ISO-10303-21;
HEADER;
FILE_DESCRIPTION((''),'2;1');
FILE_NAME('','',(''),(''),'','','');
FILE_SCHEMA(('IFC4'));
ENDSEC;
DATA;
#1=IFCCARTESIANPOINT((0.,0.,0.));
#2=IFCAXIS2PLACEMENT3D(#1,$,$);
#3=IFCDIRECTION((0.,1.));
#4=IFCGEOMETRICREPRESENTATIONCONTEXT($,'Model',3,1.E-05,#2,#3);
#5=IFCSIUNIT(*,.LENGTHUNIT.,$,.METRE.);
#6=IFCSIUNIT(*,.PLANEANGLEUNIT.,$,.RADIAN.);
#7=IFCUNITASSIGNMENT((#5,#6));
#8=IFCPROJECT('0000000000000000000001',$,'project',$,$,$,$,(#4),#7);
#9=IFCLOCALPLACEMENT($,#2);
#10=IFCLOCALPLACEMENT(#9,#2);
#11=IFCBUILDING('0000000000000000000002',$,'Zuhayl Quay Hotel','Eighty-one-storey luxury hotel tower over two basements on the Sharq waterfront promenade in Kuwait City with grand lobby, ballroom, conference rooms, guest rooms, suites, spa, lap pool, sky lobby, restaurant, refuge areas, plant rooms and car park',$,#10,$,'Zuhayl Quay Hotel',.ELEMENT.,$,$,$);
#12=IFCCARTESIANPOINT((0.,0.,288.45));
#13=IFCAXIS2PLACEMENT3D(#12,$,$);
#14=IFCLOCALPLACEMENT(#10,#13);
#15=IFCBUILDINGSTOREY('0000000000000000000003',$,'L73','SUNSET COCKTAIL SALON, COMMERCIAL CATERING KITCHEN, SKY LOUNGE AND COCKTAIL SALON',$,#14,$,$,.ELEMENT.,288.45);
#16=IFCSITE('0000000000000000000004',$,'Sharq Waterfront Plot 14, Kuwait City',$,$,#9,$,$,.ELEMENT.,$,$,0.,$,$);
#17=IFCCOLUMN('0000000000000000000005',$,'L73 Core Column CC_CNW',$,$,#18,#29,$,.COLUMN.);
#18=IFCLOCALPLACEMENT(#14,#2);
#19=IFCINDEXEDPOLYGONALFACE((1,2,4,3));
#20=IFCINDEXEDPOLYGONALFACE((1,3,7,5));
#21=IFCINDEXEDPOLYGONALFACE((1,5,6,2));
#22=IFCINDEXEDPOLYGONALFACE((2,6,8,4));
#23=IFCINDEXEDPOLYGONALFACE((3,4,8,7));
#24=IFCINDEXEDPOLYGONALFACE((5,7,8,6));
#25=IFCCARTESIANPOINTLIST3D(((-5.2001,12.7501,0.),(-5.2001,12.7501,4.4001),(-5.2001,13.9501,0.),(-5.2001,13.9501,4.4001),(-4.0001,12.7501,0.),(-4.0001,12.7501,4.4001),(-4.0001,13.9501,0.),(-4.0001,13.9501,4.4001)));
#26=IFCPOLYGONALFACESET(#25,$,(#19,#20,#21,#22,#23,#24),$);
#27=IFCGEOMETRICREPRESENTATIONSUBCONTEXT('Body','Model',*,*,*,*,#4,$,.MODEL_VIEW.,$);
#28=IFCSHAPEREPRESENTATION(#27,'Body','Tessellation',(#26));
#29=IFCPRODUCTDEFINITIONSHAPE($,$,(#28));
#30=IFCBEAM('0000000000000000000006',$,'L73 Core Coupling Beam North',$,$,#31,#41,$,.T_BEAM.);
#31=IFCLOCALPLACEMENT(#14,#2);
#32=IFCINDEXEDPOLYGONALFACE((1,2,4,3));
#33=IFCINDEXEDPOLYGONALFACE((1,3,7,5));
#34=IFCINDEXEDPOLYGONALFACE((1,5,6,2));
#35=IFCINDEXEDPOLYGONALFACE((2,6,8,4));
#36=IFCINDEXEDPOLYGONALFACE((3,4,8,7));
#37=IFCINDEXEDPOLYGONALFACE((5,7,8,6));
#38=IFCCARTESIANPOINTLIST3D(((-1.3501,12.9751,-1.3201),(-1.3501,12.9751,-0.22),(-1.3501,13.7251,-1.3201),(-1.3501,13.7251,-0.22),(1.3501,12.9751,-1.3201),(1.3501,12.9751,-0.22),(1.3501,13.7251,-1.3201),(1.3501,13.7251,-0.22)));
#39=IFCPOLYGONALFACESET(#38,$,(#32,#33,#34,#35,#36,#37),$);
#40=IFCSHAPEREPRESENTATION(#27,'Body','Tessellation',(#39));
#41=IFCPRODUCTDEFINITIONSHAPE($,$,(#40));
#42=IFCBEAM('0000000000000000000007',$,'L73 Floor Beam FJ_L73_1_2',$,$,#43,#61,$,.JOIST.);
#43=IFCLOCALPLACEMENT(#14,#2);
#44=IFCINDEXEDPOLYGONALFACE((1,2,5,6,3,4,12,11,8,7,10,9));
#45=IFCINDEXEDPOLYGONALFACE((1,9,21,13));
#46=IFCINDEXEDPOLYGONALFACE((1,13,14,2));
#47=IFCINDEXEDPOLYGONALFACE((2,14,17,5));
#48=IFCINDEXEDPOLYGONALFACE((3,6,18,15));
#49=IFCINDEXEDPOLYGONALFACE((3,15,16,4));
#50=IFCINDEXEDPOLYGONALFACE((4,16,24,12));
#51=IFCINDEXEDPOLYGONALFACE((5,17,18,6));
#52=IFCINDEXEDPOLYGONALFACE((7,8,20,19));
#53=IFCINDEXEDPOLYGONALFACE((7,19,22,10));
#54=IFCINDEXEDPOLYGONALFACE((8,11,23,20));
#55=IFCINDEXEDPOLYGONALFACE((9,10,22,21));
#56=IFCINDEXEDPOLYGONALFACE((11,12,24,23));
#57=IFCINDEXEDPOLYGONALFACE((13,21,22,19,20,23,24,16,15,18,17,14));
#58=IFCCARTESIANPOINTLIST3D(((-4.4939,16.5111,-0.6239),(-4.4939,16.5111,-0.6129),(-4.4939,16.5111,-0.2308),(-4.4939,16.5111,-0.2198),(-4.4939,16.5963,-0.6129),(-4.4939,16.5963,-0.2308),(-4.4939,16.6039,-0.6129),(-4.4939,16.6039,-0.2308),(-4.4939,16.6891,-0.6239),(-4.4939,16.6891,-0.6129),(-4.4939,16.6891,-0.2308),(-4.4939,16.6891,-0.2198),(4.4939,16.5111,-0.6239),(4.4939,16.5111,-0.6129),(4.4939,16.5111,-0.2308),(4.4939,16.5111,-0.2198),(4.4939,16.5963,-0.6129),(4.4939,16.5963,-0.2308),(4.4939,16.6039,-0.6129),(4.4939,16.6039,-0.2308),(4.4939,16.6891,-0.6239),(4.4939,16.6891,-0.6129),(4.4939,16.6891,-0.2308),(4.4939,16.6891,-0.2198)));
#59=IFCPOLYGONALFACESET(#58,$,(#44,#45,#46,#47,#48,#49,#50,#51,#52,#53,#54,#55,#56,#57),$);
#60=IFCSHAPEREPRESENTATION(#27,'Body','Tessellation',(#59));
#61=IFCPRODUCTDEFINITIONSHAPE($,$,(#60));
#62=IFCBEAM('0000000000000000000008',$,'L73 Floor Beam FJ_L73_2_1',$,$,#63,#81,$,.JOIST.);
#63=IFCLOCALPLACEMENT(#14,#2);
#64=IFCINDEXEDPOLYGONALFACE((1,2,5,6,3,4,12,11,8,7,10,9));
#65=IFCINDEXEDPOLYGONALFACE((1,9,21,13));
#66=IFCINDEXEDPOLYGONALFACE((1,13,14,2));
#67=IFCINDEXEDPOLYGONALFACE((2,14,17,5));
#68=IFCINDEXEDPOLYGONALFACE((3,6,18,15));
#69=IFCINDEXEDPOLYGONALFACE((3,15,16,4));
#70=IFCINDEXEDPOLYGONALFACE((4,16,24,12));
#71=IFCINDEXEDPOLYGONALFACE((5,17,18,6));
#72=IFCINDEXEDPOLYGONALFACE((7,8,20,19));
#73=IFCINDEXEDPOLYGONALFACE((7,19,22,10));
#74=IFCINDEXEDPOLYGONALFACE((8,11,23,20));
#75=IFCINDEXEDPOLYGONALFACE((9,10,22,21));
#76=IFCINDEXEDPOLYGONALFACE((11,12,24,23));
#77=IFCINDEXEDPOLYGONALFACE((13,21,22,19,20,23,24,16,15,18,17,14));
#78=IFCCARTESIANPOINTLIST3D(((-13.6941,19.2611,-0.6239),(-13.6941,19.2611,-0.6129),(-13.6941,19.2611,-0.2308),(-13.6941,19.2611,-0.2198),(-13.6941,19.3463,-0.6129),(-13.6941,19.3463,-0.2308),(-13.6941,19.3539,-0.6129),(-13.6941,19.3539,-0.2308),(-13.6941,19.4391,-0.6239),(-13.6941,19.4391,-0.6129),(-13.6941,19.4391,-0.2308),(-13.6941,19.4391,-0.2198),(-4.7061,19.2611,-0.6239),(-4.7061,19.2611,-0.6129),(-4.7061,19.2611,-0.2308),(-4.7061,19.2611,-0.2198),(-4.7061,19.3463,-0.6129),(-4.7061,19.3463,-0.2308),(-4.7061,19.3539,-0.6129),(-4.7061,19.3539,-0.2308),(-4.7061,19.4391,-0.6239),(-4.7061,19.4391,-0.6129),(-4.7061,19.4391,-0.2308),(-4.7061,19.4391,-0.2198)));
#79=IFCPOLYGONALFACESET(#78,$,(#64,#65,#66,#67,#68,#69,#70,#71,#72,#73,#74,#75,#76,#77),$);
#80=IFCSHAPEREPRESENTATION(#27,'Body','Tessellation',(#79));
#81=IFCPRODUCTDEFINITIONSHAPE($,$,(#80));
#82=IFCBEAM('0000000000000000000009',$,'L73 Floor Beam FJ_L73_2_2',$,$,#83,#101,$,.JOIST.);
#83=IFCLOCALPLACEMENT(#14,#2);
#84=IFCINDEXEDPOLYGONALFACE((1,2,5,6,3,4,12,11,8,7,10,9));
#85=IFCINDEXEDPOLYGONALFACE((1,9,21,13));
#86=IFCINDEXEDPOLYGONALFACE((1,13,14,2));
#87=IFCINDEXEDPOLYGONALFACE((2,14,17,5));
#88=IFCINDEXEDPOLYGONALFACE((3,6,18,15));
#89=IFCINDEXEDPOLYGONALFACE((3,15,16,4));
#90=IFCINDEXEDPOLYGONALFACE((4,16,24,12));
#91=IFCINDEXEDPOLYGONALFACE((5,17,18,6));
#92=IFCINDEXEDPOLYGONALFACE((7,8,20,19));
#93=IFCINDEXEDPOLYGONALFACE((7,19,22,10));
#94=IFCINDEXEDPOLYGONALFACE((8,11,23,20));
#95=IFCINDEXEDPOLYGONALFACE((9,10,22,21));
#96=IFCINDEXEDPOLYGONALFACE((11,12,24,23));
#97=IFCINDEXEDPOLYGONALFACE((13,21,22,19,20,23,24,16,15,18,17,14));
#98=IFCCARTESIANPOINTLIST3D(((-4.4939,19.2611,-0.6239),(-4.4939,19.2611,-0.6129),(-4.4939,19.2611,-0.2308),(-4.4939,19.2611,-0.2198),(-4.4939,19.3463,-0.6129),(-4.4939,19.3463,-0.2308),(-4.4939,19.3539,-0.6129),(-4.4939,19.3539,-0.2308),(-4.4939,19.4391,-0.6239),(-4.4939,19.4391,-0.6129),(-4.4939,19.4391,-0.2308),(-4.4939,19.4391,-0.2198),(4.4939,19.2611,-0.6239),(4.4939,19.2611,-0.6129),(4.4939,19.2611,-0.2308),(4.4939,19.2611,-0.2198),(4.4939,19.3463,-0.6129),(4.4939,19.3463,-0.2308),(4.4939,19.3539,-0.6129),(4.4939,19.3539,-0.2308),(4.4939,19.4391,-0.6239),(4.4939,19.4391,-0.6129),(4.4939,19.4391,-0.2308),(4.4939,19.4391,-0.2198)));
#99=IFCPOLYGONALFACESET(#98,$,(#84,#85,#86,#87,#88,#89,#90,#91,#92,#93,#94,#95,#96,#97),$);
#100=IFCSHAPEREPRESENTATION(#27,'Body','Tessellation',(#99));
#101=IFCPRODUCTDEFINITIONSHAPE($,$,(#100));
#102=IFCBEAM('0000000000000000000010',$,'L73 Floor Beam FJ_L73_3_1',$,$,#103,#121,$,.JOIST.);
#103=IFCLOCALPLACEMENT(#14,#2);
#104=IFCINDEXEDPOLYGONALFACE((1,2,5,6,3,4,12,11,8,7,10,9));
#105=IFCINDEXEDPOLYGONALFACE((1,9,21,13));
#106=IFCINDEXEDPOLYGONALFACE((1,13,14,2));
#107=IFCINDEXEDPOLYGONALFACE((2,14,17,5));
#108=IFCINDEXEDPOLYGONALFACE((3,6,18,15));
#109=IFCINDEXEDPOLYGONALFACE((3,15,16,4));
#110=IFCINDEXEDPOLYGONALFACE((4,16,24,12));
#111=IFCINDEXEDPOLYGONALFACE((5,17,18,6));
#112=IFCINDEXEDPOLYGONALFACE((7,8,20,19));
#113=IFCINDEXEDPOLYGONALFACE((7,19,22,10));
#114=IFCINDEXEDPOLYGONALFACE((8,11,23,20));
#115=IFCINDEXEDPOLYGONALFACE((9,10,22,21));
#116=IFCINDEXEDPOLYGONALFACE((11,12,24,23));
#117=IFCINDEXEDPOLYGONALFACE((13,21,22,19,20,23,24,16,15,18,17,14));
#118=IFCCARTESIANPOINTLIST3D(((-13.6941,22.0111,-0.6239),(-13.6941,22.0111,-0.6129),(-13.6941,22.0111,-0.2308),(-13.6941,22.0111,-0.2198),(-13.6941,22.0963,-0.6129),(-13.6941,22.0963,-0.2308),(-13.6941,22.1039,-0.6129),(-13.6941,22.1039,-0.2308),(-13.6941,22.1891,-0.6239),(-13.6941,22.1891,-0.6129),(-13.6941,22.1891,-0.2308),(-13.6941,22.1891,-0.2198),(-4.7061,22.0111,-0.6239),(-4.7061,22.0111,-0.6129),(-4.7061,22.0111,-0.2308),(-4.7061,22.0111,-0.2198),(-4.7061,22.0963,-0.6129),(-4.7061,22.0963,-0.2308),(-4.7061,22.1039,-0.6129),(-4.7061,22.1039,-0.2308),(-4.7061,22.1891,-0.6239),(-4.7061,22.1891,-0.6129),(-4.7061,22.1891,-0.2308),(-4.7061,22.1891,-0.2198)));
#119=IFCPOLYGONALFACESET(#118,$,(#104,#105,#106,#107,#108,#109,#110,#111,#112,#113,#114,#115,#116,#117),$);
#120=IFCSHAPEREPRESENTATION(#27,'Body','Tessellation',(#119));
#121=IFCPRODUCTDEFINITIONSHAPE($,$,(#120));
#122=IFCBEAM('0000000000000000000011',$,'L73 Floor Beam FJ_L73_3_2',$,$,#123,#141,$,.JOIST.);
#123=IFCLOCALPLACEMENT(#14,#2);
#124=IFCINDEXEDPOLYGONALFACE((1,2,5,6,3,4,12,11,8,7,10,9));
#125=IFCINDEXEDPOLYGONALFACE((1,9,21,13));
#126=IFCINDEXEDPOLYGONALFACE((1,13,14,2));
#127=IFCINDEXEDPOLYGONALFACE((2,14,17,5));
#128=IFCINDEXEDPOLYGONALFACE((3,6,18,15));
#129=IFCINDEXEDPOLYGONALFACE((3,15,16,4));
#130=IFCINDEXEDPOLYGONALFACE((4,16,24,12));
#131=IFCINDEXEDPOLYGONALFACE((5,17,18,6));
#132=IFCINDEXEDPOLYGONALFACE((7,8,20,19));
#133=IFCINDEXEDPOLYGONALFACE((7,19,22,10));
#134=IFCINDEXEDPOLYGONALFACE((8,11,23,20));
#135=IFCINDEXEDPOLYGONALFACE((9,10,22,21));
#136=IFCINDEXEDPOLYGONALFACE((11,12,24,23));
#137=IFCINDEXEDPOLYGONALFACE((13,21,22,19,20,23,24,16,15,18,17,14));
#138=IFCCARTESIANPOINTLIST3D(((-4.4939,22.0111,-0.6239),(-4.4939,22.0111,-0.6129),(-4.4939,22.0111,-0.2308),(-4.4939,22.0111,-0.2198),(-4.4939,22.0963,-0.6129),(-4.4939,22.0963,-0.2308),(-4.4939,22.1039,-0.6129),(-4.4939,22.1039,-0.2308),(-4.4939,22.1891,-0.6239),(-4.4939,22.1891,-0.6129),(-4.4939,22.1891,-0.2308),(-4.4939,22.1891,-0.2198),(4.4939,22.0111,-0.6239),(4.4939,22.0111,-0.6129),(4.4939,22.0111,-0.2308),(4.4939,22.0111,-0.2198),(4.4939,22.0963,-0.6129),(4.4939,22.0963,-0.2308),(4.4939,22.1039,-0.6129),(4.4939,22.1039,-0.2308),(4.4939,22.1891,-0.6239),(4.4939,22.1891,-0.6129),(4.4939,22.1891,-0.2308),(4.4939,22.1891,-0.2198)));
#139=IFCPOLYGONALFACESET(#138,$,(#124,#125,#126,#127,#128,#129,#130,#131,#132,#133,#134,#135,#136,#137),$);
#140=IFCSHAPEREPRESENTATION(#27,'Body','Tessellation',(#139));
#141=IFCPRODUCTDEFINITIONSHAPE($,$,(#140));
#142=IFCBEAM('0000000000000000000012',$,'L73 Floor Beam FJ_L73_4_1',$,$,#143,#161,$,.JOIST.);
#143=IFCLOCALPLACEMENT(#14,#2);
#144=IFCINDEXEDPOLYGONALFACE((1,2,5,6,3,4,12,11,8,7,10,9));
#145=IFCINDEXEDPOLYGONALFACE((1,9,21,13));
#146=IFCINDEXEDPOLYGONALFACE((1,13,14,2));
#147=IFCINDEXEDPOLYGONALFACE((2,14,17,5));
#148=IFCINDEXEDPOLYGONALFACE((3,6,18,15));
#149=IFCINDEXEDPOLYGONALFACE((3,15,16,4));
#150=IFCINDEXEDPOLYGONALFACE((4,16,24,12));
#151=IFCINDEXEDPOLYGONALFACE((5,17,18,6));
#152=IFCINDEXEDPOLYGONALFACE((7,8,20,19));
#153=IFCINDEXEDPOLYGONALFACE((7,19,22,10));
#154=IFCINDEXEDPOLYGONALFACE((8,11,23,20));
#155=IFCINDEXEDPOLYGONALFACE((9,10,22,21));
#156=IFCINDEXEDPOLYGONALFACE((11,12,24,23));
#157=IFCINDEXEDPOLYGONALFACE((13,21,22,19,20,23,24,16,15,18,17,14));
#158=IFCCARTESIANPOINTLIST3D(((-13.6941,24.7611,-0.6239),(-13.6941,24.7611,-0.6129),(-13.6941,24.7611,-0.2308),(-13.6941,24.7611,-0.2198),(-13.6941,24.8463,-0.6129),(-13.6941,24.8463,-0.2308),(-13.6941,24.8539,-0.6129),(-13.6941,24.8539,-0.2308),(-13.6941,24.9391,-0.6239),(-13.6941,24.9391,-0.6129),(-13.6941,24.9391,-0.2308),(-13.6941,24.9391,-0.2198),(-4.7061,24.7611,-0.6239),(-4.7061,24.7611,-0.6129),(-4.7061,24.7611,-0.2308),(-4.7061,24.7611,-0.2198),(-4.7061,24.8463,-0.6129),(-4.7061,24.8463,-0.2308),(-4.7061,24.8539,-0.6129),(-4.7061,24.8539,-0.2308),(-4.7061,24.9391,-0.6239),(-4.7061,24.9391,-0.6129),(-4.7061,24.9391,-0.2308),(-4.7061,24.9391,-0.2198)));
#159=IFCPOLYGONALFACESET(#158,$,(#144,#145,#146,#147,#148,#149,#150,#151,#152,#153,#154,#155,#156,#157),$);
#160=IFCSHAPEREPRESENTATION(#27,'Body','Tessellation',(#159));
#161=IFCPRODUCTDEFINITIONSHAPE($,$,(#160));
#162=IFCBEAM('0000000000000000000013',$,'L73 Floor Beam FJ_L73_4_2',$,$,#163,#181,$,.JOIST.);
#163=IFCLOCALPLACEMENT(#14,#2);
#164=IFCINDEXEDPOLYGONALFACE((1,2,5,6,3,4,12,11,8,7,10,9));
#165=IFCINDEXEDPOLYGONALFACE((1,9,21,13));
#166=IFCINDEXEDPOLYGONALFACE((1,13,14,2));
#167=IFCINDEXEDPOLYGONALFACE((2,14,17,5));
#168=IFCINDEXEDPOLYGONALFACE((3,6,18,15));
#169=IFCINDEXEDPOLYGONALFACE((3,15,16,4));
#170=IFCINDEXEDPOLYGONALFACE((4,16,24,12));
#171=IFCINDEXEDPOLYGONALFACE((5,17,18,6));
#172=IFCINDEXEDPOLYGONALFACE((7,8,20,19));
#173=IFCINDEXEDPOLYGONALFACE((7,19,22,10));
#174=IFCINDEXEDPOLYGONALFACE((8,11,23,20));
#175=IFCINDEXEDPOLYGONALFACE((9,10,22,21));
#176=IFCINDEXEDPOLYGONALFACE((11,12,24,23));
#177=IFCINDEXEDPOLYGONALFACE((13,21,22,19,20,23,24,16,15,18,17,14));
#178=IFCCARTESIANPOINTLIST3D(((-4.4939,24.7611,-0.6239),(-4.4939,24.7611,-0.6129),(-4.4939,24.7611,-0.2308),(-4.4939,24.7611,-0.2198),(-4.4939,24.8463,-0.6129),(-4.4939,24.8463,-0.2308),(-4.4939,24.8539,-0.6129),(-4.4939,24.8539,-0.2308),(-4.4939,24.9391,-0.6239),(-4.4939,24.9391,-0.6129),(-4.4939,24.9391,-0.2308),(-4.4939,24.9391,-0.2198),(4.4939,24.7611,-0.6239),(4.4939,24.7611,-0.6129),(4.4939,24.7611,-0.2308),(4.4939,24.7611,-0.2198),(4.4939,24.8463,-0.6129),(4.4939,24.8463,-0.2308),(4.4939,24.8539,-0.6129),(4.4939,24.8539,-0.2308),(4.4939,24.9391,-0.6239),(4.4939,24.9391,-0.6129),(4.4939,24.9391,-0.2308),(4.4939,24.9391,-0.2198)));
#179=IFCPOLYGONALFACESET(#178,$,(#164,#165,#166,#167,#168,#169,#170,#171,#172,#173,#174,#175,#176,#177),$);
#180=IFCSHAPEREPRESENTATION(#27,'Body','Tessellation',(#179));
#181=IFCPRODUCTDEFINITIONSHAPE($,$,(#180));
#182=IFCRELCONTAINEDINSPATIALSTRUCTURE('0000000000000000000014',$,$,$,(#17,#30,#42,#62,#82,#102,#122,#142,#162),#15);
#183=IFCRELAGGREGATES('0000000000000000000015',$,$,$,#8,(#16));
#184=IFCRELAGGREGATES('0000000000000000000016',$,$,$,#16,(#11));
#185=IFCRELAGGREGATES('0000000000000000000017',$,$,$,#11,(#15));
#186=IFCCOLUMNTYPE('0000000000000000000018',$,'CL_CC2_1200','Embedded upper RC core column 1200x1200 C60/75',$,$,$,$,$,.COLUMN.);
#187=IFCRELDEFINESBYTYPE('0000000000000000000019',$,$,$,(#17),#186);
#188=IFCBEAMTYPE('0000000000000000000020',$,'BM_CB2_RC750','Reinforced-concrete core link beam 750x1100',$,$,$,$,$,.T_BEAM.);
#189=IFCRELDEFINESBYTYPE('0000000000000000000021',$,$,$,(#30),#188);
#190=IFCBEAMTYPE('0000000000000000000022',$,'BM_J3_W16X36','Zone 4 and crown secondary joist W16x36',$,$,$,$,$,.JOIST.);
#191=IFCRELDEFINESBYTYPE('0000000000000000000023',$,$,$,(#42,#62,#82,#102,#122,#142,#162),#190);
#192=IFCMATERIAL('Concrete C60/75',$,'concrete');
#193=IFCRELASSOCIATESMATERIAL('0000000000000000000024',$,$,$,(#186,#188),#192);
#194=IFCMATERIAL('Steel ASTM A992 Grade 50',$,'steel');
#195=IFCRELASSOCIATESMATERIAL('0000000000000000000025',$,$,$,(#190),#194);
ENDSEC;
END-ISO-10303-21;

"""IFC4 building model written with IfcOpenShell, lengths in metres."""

from ifc_helpers import new_model, si_unit, direction, frame, origin, origin_2d, place, context, subcontext, project, spatial, rectangle, i_section, extrude, material, material_profile, profile_set, type_object, element, save


model = new_model("IFC4")

# Units and contexts
model_context = context("Model", 3, precision=1e-05, world=origin(), true_north=direction((0.0, 1.0)))
body_context = subcontext(model_context, "Body", "Model", "MODEL_VIEW")
ifc_project = project(units=[si_unit("LENGTHUNIT", "METRE"), si_unit("PLANEANGLEUNIT", "RADIAN")], contexts=[model_context])

# Site, building, storey
site_placement = place(None, origin())
site = spatial("IfcSite", under=ifc_project, at=site_placement, Name="Sharq Waterfront Plot 14, Kuwait City", CompositionType="ELEMENT", RefElevation=0.0)
building_placement = place(site_placement, origin())
building = spatial("IfcBuilding", under=site, at=building_placement, Name="Zuhayl Quay Hotel", Description="Eighty-one-storey luxury hotel tower over two basements on the Sharq waterfront promenade in Kuwait City with grand lobby, ballroom, conference rooms, guest rooms, suites, spa, lap pool, sky lobby, restaurant, refuge areas, plant rooms and car park", LongName="Zuhayl Quay Hotel", CompositionType="ELEMENT")
storey_placement = place(building_placement, frame((0.0, 0.0, 288.45)))
storey = spatial("IfcBuildingStorey", under=building, at=storey_placement, Name="L73", Description="SUNSET COCKTAIL SALON, COMMERCIAL CATERING KITCHEN, SKY LOUNGE AND COCKTAIL SALON", CompositionType="ELEMENT", Elevation=288.45)

# Column
ifc_material_1 = material(Name="Concrete C60/75", Category="concrete")
ifc_material_profile_1 = material_profile(ifc_material_1, rectangle(XDim=1.2, YDim=1.2, at=origin_2d()), Name="RC1200X1200")
ifc_profile_set_1 = profile_set([ifc_material_profile_1], Name="Concrete C60/75")
column_type = type_object("IfcColumnType", Name="CL_CC2_1200", Description="Embedded upper RC core column 1200x1200 C60/75", PredefinedType="COLUMN", material=ifc_profile_set_1)
column_placement = place(storey_placement, frame((-4.6001, 13.3501, 0.0), z_axis=(0.0, 0.0, 1.0), x_axis=(1.0, 0.0, 0.0)))
element("IfcColumn", 1, at=column_placement, inside=storey, type_object=column_type, Name="L73 Core Column CC_CNW", PredefinedType="COLUMN", context=body_context, shape_type="SweptSolid", body=[
    extrude(rectangle(XDim=1.2, YDim=1.2, at=origin_2d()), origin(), (0.0, 0.0, 1.0), 4.4001),
])

# Beams
ifc_material_profile_2 = material_profile(ifc_material_1, rectangle(XDim=0.75, YDim=1.1001, at=origin_2d()), Name="RC750X1100")
ifc_profile_set_2 = profile_set([ifc_material_profile_2], Name="Concrete C60/75")
beam_type_1 = type_object("IfcBeamType", Name="BM_CB2_RC750", Description="Reinforced-concrete core link beam 750x1100", PredefinedType="T_BEAM", material=ifc_profile_set_2)
beam_1_placement = place(storey_placement, frame((-1.3501, 13.3501, -0.77), z_axis=(1.0, 0.0, 0.0), x_axis=(0.0, 1.0, 0.0)))
element("IfcBeam", 2, at=beam_1_placement, inside=storey, type_object=beam_type_1, Name="L73 Core Coupling Beam North", PredefinedType="T_BEAM", context=body_context, shape_type="SweptSolid", body=[
    extrude(rectangle(XDim=0.75, YDim=1.1001, at=origin_2d()), origin(), (0.0, 0.0, 1.0), 2.7002),
])
ifc_material_2 = material(Name="Steel ASTM A992 Grade 50", Category="steel")
ifc_material_profile_3 = material_profile(ifc_material_2, i_section(OverallWidth=0.178, OverallDepth=0.4041, WebThickness=0.0076, FlangeThickness=0.011, at=origin_2d()), Name="W16X36")
ifc_profile_set_3 = profile_set([ifc_material_profile_3], Name="Steel ASTM A992 Grade 50")
beam_type_2 = type_object("IfcBeamType", Name="BM_J3_W16X36", Description="Zone 4 and crown secondary joist W16x36", PredefinedType="JOIST", material=ifc_profile_set_3)
beam_2_placement = place(storey_placement, frame((-4.4939, 16.6001, -0.4219), z_axis=(1.0, 0.0, 0.0), x_axis=(0.0, 1.0, 0.0)))
element("IfcBeam", 3, at=beam_2_placement, inside=storey, type_object=beam_type_2, Name="L73 Floor Beam FJ_L73_1_2", PredefinedType="JOIST", context=body_context, shape_type="SweptSolid", body=[
    extrude(i_section(OverallWidth=0.178, OverallDepth=0.4041, WebThickness=0.0076, FlangeThickness=0.011, at=origin_2d()), origin(), (0.0, 0.0, 1.0), 8.9878),
])
beam_3_placement = place(storey_placement, frame((-13.6941, 19.3501, -0.4219), z_axis=(1.0, 0.0, 0.0), x_axis=(0.0, 1.0, 0.0)))
element("IfcBeam", 4, at=beam_3_placement, inside=storey, type_object=beam_type_2, Name="L73 Floor Beam FJ_L73_2_1", PredefinedType="JOIST", context=body_context, shape_type="SweptSolid", body=[
    extrude(i_section(OverallWidth=0.178, OverallDepth=0.4041, WebThickness=0.0076, FlangeThickness=0.011, at=origin_2d()), origin(), (0.0, 0.0, 1.0), 8.988),
])
beam_4_placement = place(storey_placement, frame((-4.4939, 19.3501, -0.4219), z_axis=(1.0, 0.0, 0.0), x_axis=(0.0, 1.0, 0.0)))
element("IfcBeam", 5, at=beam_4_placement, inside=storey, type_object=beam_type_2, Name="L73 Floor Beam FJ_L73_2_2", PredefinedType="JOIST", context=body_context, shape_type="SweptSolid", body=[
    extrude(i_section(OverallWidth=0.178, OverallDepth=0.4041, WebThickness=0.0076, FlangeThickness=0.011, at=origin_2d()), origin(), (0.0, 0.0, 1.0), 8.9878),
])
beam_5_placement = place(storey_placement, frame((-13.6941, 22.1001, -0.4219), z_axis=(1.0, 0.0, 0.0), x_axis=(0.0, 1.0, 0.0)))
element("IfcBeam", 6, at=beam_5_placement, inside=storey, type_object=beam_type_2, Name="L73 Floor Beam FJ_L73_3_1", PredefinedType="JOIST", context=body_context, shape_type="SweptSolid", body=[
    extrude(i_section(OverallWidth=0.178, OverallDepth=0.4041, WebThickness=0.0076, FlangeThickness=0.011, at=origin_2d()), origin(), (0.0, 0.0, 1.0), 8.988),
])
beam_6_placement = place(storey_placement, frame((-4.4939, 22.1001, -0.4219), z_axis=(1.0, 0.0, 0.0), x_axis=(0.0, 1.0, 0.0)))
element("IfcBeam", 7, at=beam_6_placement, inside=storey, type_object=beam_type_2, Name="L73 Floor Beam FJ_L73_3_2", PredefinedType="JOIST", context=body_context, shape_type="SweptSolid", body=[
    extrude(i_section(OverallWidth=0.178, OverallDepth=0.4041, WebThickness=0.0076, FlangeThickness=0.011, at=origin_2d()), origin(), (0.0, 0.0, 1.0), 8.9878),
])
beam_7_placement = place(storey_placement, frame((-13.6941, 24.8501, -0.4219), z_axis=(1.0, 0.0, 0.0), x_axis=(0.0, 1.0, 0.0)))
element("IfcBeam", 8, at=beam_7_placement, inside=storey, type_object=beam_type_2, Name="L73 Floor Beam FJ_L73_4_1", PredefinedType="JOIST", context=body_context, shape_type="SweptSolid", body=[
    extrude(i_section(OverallWidth=0.178, OverallDepth=0.4041, WebThickness=0.0076, FlangeThickness=0.011, at=origin_2d()), origin(), (0.0, 0.0, 1.0), 8.988),
])
beam_8_placement = place(storey_placement, frame((-4.4939, 24.8501, -0.4219), z_axis=(1.0, 0.0, 0.0), x_axis=(0.0, 1.0, 0.0)))
element("IfcBeam", 9, at=beam_8_placement, inside=storey, type_object=beam_type_2, Name="L73 Floor Beam FJ_L73_4_2", PredefinedType="JOIST", context=body_context, shape_type="SweptSolid", body=[
    extrude(i_section(OverallWidth=0.178, OverallDepth=0.4041, WebThickness=0.0076, FlangeThickness=0.011, at=origin_2d()), origin(), (0.0, 0.0, 1.0), 8.9878),
])

save(model, "model.ifc")
